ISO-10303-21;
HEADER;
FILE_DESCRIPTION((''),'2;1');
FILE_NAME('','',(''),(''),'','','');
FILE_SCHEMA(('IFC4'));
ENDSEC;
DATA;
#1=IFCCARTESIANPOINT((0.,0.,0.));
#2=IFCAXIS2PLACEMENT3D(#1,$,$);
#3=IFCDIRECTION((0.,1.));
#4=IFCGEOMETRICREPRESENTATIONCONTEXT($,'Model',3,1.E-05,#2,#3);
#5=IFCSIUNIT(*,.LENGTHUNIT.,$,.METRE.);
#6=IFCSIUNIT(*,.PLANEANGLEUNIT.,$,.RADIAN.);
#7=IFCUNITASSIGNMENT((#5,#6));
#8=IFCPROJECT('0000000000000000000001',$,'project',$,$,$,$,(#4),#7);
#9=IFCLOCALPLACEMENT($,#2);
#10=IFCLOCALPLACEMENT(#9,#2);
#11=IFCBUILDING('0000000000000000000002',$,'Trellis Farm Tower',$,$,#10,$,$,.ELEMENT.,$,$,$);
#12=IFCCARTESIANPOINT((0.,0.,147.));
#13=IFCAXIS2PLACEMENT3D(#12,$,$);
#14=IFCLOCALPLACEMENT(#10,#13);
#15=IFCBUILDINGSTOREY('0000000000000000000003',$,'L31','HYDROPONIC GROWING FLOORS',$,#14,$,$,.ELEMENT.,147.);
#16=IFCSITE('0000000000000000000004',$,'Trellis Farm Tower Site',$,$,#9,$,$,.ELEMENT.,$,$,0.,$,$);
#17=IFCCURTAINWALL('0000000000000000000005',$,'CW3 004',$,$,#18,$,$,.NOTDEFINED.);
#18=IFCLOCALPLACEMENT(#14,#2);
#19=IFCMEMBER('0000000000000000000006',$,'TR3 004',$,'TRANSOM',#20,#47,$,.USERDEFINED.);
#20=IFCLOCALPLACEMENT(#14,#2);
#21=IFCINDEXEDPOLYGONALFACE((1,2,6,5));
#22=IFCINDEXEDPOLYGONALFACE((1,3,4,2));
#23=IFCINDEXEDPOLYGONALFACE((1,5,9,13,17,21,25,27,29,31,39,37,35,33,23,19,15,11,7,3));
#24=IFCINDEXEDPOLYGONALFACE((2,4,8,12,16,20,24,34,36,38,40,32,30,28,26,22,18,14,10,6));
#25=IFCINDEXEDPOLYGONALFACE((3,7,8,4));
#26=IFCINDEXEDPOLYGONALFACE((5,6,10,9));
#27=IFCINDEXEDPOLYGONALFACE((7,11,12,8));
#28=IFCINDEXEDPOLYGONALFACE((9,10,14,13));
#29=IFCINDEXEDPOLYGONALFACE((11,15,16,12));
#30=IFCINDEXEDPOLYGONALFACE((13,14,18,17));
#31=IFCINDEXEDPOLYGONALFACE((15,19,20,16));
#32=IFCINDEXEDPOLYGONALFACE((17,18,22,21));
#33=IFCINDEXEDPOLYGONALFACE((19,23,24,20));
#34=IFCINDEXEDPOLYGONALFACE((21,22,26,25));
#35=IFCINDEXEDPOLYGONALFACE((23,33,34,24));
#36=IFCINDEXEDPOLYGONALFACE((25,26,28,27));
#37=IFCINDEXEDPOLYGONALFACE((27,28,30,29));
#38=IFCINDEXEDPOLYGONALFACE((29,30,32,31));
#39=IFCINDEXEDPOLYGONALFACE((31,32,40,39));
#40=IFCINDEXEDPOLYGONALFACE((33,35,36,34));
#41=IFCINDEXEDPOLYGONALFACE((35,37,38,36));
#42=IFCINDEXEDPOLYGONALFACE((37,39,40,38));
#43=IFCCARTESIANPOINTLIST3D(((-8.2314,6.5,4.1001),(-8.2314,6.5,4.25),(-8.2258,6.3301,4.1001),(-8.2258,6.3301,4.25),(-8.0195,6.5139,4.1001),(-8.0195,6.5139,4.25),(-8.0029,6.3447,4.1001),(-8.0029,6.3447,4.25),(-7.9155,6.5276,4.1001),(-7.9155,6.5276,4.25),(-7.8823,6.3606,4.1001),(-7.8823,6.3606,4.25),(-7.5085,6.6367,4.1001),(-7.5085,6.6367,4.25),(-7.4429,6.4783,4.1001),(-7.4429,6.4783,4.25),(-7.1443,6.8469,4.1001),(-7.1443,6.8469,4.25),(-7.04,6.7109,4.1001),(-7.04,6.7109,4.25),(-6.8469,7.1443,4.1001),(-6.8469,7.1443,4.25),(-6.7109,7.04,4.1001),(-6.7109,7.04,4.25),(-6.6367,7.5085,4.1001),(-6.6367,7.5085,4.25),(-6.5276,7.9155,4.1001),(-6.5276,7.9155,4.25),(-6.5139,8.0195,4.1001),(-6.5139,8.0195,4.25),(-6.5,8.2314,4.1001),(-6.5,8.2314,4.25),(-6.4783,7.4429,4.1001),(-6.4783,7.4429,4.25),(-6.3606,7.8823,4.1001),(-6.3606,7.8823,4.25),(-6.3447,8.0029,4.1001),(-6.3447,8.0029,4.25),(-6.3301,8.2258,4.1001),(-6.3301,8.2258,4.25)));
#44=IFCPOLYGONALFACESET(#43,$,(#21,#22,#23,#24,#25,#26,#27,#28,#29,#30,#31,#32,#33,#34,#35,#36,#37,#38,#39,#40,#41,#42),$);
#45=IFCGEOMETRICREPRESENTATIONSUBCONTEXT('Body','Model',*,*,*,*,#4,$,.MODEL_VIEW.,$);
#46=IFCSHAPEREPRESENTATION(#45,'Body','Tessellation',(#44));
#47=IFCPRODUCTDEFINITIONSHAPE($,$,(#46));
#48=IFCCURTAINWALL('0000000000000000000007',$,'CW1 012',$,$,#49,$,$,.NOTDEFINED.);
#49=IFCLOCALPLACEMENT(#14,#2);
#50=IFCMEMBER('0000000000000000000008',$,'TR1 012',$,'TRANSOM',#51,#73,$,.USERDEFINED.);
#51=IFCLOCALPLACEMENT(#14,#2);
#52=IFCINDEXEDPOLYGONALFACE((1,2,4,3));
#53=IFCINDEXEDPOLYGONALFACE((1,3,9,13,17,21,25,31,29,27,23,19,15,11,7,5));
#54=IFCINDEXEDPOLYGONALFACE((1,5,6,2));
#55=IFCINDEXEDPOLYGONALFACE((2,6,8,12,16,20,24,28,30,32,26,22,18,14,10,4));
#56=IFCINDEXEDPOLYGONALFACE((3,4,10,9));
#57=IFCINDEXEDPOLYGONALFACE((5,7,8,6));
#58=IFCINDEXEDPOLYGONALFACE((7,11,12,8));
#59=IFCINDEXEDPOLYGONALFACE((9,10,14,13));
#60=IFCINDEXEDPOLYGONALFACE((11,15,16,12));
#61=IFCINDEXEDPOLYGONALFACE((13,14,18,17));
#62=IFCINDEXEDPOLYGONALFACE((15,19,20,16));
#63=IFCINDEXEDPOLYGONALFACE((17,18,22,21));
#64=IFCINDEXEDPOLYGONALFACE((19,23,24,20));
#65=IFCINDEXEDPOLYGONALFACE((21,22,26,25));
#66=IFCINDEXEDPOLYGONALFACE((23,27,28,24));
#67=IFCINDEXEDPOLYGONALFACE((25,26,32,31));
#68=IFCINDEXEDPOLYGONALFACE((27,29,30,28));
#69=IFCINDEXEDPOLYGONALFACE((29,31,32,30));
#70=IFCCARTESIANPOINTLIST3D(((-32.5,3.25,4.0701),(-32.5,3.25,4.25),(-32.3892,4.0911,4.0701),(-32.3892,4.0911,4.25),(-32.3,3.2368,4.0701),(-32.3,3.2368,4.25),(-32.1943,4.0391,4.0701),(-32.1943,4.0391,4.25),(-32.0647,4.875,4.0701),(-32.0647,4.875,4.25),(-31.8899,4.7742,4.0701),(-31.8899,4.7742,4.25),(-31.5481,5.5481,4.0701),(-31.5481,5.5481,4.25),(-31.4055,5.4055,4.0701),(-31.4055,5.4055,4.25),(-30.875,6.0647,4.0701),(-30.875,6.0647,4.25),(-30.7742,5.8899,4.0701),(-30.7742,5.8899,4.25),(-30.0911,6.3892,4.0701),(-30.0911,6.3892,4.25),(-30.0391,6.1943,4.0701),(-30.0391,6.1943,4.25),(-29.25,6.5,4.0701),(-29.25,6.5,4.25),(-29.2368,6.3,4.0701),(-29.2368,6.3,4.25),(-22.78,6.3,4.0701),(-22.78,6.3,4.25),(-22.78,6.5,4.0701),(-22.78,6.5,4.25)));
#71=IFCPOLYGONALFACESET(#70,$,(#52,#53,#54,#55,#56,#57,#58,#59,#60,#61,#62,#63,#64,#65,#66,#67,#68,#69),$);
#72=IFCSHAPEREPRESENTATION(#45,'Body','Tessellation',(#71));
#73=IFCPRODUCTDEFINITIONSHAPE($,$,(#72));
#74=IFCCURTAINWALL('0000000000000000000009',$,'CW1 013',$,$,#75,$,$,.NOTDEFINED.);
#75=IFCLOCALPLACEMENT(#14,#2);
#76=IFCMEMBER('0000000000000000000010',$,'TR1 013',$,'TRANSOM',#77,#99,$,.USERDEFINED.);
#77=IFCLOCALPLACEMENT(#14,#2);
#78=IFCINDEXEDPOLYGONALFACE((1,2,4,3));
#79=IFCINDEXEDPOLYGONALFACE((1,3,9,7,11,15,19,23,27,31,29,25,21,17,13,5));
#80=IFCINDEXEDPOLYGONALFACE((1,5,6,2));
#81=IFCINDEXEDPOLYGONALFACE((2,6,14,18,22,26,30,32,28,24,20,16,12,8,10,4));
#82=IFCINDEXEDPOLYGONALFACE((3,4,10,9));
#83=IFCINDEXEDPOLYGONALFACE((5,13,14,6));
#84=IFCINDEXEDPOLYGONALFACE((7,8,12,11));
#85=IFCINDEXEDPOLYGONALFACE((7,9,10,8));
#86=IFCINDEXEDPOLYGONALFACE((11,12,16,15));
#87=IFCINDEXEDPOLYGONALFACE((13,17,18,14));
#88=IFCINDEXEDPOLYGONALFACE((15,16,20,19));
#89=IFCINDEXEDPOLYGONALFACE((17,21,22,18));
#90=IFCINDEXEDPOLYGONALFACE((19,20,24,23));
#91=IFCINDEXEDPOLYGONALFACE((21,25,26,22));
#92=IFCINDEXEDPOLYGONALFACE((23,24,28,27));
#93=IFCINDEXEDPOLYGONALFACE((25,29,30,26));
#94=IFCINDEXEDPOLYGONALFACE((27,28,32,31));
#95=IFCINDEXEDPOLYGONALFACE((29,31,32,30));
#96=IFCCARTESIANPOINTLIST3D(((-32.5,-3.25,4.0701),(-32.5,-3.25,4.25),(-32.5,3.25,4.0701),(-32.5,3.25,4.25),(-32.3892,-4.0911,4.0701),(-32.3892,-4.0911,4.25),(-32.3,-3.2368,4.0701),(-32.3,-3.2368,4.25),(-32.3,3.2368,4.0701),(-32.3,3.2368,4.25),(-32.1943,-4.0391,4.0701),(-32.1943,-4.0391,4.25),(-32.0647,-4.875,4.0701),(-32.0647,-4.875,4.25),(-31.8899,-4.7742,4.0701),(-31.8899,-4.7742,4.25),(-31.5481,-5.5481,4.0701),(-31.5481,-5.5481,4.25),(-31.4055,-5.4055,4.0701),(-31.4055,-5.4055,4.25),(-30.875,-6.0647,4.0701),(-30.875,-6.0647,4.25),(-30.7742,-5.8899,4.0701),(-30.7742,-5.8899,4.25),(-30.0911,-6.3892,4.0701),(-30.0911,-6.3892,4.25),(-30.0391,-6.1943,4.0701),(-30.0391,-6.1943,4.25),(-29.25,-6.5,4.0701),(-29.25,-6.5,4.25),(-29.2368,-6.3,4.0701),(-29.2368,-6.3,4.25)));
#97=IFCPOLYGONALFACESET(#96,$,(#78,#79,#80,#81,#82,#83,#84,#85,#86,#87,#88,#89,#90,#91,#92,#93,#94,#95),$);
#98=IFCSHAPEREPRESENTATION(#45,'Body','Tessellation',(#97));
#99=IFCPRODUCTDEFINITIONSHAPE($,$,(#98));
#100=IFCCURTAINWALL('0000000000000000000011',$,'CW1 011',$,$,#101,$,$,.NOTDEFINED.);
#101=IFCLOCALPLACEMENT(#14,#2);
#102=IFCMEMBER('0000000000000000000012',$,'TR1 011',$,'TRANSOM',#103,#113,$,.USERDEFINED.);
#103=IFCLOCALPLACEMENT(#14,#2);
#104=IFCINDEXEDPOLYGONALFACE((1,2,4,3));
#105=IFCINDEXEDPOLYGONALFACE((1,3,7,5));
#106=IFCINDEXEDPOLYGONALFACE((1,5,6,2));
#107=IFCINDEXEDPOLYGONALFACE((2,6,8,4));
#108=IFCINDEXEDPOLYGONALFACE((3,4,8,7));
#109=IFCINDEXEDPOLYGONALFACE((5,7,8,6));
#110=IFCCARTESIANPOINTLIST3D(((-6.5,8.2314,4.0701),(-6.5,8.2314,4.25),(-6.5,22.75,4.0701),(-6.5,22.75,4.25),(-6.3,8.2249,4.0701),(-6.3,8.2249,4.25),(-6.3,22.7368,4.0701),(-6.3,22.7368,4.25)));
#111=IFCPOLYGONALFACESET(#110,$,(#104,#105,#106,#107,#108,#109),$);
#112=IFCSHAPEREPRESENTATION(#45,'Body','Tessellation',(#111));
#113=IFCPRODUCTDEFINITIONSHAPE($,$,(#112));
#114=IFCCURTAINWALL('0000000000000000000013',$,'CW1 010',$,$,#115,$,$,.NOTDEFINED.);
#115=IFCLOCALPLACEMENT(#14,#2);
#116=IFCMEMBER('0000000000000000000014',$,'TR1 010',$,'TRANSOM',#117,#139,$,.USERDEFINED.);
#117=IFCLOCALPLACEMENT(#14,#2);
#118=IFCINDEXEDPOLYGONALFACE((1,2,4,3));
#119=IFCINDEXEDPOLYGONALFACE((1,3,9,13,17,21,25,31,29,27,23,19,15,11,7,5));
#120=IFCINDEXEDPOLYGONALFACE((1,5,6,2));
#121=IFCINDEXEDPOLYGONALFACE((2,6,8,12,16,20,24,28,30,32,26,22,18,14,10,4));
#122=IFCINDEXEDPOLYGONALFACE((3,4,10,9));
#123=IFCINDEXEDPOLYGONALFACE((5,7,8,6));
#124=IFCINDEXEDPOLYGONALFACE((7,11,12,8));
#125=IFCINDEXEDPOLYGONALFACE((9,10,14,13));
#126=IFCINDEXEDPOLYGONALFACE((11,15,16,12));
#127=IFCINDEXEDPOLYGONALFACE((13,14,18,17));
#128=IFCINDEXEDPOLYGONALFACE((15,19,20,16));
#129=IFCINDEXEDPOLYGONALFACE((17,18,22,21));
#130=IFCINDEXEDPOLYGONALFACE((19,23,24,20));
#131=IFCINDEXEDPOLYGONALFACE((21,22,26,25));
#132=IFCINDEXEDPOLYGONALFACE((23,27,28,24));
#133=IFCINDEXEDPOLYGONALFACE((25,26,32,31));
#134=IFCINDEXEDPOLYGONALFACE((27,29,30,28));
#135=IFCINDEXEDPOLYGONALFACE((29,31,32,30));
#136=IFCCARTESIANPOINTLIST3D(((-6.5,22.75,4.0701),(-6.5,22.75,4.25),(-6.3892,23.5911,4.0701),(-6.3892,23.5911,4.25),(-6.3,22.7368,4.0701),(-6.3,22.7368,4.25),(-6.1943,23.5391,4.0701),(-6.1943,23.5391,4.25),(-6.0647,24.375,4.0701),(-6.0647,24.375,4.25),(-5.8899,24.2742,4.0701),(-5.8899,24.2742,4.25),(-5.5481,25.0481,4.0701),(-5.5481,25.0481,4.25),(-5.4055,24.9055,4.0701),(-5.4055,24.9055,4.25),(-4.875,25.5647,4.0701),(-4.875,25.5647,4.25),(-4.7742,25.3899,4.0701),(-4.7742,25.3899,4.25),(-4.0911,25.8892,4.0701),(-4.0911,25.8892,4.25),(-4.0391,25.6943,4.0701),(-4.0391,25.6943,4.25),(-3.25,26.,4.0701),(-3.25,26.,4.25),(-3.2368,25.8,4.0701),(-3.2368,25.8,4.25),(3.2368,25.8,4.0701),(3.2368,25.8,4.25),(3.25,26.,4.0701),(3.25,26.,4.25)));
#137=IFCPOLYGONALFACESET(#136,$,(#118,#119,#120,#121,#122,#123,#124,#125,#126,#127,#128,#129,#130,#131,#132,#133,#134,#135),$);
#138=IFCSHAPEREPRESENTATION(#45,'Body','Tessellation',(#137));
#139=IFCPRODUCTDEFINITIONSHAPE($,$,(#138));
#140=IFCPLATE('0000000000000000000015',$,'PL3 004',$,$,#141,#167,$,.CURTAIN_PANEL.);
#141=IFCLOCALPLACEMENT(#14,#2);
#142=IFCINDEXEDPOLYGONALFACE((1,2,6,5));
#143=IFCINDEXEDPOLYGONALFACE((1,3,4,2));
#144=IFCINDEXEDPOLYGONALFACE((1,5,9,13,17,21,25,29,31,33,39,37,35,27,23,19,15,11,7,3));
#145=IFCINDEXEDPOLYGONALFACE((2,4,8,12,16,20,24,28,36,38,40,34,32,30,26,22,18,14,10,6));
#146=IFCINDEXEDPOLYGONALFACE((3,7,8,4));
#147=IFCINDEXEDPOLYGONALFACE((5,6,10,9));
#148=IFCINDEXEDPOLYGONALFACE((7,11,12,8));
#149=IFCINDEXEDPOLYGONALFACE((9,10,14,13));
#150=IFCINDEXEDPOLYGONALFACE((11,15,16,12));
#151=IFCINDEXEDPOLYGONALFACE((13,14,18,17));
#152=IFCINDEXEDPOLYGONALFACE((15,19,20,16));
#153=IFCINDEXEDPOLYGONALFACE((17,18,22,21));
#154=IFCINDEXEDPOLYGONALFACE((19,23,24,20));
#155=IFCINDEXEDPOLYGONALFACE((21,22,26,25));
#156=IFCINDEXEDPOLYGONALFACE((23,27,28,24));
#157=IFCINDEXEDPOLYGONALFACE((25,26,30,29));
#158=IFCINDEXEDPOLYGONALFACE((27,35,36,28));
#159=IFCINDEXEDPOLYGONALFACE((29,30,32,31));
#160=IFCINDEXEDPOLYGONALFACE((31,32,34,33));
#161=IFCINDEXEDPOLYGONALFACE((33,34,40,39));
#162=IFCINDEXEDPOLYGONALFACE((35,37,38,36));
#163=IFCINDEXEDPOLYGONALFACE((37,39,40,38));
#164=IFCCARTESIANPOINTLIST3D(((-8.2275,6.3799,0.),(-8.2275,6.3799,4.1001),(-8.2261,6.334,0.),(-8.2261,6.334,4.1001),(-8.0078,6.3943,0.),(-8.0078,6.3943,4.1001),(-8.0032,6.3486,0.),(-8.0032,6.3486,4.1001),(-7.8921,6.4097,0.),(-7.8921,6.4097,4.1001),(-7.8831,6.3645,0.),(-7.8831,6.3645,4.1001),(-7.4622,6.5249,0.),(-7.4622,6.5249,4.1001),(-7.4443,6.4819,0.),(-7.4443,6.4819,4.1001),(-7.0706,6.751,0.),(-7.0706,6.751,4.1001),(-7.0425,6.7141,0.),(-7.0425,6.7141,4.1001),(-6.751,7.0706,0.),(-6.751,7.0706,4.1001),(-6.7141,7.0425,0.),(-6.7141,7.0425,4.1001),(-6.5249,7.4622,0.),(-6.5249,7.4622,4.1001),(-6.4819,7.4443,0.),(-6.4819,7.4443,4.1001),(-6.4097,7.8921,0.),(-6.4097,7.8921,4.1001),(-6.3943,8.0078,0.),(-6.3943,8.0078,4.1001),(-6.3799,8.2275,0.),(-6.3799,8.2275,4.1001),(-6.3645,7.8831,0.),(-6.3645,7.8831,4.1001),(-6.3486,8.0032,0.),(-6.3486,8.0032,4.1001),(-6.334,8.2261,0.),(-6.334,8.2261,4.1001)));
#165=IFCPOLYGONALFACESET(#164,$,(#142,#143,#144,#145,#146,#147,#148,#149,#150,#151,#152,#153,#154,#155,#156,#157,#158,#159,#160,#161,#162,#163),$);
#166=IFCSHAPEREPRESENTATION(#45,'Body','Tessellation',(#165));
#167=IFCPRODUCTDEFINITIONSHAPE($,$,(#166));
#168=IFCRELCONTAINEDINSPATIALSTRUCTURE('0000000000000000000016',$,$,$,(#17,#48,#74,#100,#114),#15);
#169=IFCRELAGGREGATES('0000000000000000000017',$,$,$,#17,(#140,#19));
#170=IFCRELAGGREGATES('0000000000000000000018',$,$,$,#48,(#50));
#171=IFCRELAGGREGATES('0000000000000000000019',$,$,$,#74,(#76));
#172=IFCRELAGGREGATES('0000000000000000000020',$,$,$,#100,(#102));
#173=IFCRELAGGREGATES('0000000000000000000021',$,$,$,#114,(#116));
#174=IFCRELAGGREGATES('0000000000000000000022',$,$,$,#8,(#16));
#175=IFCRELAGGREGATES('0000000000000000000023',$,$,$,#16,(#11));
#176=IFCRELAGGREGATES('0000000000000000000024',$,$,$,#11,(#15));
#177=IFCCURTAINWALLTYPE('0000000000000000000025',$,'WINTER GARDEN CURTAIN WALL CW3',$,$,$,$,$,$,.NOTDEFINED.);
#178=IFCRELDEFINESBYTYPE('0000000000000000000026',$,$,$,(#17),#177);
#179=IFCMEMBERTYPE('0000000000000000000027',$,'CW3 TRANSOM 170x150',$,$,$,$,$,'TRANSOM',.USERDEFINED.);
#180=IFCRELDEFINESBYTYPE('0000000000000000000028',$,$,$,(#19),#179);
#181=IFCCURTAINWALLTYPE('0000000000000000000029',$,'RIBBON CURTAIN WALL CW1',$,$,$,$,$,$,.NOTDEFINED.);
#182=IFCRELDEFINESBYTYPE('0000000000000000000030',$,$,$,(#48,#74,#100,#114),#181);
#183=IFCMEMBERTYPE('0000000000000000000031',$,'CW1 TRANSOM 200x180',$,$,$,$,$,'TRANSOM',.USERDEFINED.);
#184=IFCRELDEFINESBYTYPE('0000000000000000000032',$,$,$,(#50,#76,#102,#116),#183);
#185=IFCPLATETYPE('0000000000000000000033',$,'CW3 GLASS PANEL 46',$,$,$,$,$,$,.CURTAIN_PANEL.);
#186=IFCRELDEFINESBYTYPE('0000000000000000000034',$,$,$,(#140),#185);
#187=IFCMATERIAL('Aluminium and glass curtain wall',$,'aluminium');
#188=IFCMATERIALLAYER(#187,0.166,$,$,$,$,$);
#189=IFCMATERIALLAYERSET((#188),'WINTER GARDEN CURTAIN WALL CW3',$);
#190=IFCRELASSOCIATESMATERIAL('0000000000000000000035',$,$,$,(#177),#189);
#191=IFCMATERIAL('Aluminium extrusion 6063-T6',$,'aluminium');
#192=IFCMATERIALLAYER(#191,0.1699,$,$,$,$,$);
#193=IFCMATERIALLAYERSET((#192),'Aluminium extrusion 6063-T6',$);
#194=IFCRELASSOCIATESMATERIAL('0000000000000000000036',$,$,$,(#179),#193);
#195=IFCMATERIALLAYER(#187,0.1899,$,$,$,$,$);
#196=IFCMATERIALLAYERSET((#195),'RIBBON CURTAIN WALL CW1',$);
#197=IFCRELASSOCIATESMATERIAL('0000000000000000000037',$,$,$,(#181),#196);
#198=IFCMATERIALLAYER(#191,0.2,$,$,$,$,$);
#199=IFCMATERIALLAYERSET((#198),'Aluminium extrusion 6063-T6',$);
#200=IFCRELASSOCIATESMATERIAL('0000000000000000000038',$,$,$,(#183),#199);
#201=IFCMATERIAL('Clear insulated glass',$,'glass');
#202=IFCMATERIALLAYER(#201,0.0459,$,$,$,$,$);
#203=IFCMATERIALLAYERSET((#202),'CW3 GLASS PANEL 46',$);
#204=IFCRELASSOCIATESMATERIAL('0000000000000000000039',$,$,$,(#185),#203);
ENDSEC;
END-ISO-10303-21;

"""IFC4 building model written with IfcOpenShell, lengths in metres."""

from ifc_helpers import new_model, si_unit, direction, frame, origin, place, context, subcontext, project, spatial, polyline, outline, extrude, source, transform, mapped, material, layer, layer_set, type_object, element, aggregate, save


model = new_model("IFC4")

# Units and contexts
model_context = context("Model", 3, precision=1e-05, world=origin(), true_north=direction((0.0, 1.0)))
body_context = subcontext(model_context, "Body", "Model", "MODEL_VIEW")
ifc_project = project(units=[si_unit("LENGTHUNIT", "METRE"), si_unit("PLANEANGLEUNIT", "RADIAN")], contexts=[model_context])

# Site, building, storey
site_placement = place(None, origin())
site = spatial("IfcSite", under=ifc_project, at=site_placement, Name="Trellis Farm Tower Site", CompositionType="ELEMENT", RefElevation=0.0)
building_placement = place(site_placement, origin())
building = spatial("IfcBuilding", under=site, at=building_placement, Name="Trellis Farm Tower", CompositionType="ELEMENT")
storey_placement = place(building_placement, frame((0.0, 0.0, 147.0)))
storey = spatial("IfcBuildingStorey", under=building, at=storey_placement, Name="L31", Description="HYDROPONIC GROWING FLOORS", CompositionType="ELEMENT", Elevation=147.0)

# Curtain walls, members
ifc_material_1 = material(Name="Aluminium and glass curtain wall", Category="aluminium")
ifc_layer_1 = layer(ifc_material_1, 0.166)
ifc_layer_set_1 = layer_set([ifc_layer_1], Name="WINTER GARDEN CURTAIN WALL CW3")
curtain_wall_type_1 = type_object("IfcCurtainWallType", Name="WINTER GARDEN CURTAIN WALL CW3", PredefinedType="NOTDEFINED", material=ifc_layer_set_1)
placement_1 = place(storey_placement, origin())
curtain_wall_1 = element("IfcCurtainWall", 1, at=placement_1, inside=storey, type_object=curtain_wall_type_1, Name="CW3 004", PredefinedType="NOTDEFINED")
ifc_material_2 = material(Name="Aluminium extrusion 6063-T6", Category="aluminium")
ifc_layer_2 = layer(ifc_material_2, 0.1699)
ifc_layer_set_2 = layer_set([ifc_layer_2], Name="Aluminium extrusion 6063-T6")
member_type_1 = type_object("IfcMemberType", Name="CW3 TRANSOM 170x150", ElementType="TRANSOM", PredefinedType="USERDEFINED", material=ifc_layer_set_2)
shared_shape_1 = source(origin(), body_context, "Body", "SweptSolid", [
    extrude(outline(polyline([(-6.5, 8.2314), (-6.5139, 8.0195), (-6.5276, 7.9155), (-6.6367, 7.5085), (-6.8469, 7.1443), (-7.1443, 6.8469), (-7.5085, 6.6367), (-7.9155, 6.5276), (-8.0195, 6.5139), (-8.2314, 6.5), (-8.2258, 6.3301), (-8.0029, 6.3447), (-7.8823, 6.3606), (-7.4429, 6.4783), (-7.04, 6.7109), (-6.7109, 7.04), (-6.4783, 7.4429), (-6.3606, 7.8823), (-6.3447, 8.0029), (-6.3301, 8.2258), (-6.5, 8.2314)])), origin(), (0.0, 0.0, 1.0), 0.1499),
])
member_1_placement = place(storey_placement, frame((0.0, 0.0, 4.1001)))
member_1 = element("IfcMember", 2, at=member_1_placement, type_object=member_type_1, Name="TR3 004", ObjectType="TRANSOM", PredefinedType="USERDEFINED", context=body_context, shape_type="MappedRepresentation", body=[
    mapped(shared_shape_1, transform((0.0, 0.0, 0.0))),
])
ifc_layer_3 = layer(ifc_material_1, 0.1899)
ifc_layer_set_3 = layer_set([ifc_layer_3], Name="RIBBON CURTAIN WALL CW1")
curtain_wall_type_2 = type_object("IfcCurtainWallType", Name="RIBBON CURTAIN WALL CW1", PredefinedType="NOTDEFINED", material=ifc_layer_set_3)
curtain_wall_2 = element("IfcCurtainWall", 3, at=placement_1, inside=storey, type_object=curtain_wall_type_2, Name="CW1 012", PredefinedType="NOTDEFINED")
ifc_layer_4 = layer(ifc_material_2, 0.2)
ifc_layer_set_4 = layer_set([ifc_layer_4], Name="Aluminium extrusion 6063-T6")
member_type_2 = type_object("IfcMemberType", Name="CW1 TRANSOM 200x180", ElementType="TRANSOM", PredefinedType="USERDEFINED", material=ifc_layer_set_4)
shared_shape_2 = source(origin(), body_context, "Body", "SweptSolid", [
    extrude(outline(polyline([(-22.78, 6.5), (-29.25, 6.5), (-30.0911, 6.3892), (-30.875, 6.0647), (-31.5481, 5.5481), (-32.0647, 4.875), (-32.3892, 4.0911), (-32.5, 3.25), (-32.3, 3.2368), (-32.1943, 4.0391), (-31.8899, 4.7742), (-31.4055, 5.4055), (-30.7742, 5.8899), (-30.0391, 6.1943), (-29.2368, 6.3), (-22.78, 6.3), (-22.78, 6.5)])), origin(), (0.0, 0.0, 1.0), 0.1799),
])
placement_2 = place(storey_placement, frame((0.0, 0.0, 4.0701)))
member_2 = element("IfcMember", 4, at=placement_2, type_object=member_type_2, Name="TR1 012", ObjectType="TRANSOM", PredefinedType="USERDEFINED", context=body_context, shape_type="MappedRepresentation", body=[
    mapped(shared_shape_2, transform((0.0, 0.0, 0.0))),
])
curtain_wall_3 = element("IfcCurtainWall", 5, at=placement_1, inside=storey, type_object=curtain_wall_type_2, Name="CW1 013", PredefinedType="NOTDEFINED")
shared_shape_3 = source(origin(), body_context, "Body", "SweptSolid", [
    extrude(outline(polyline([(-32.5, 3.25), (-32.5, -3.25), (-32.3892, -4.0911), (-32.0647, -4.875), (-31.5481, -5.5481), (-30.875, -6.0647), (-30.0911, -6.3892), (-29.25, -6.5), (-29.2368, -6.3), (-30.0391, -6.1943), (-30.7742, -5.8899), (-31.4055, -5.4055), (-31.8899, -4.7742), (-32.1943, -4.0391), (-32.3, -3.2368), (-32.3, 3.2368), (-32.5, 3.25)])), origin(), (0.0, 0.0, 1.0), 0.1799),
])
member_3 = element("IfcMember", 6, at=placement_2, type_object=member_type_2, Name="TR1 013", ObjectType="TRANSOM", PredefinedType="USERDEFINED", context=body_context, shape_type="MappedRepresentation", body=[
    mapped(shared_shape_3, transform((0.0, 0.0, 0.0))),
])
curtain_wall_4 = element("IfcCurtainWall", 7, at=placement_1, inside=storey, type_object=curtain_wall_type_2, Name="CW1 011", PredefinedType="NOTDEFINED")
shared_shape_4 = source(origin(), body_context, "Body", "SweptSolid", [
    extrude(outline(polyline([(-6.5, 22.75), (-6.5, 8.2314), (-6.3, 8.2249), (-6.3, 22.7368), (-6.5, 22.75)])), origin(), (0.0, 0.0, 1.0), 0.1799),
])
member_4 = element("IfcMember", 8, at=placement_2, type_object=member_type_2, Name="TR1 011", ObjectType="TRANSOM", PredefinedType="USERDEFINED", context=body_context, shape_type="MappedRepresentation", body=[
    mapped(shared_shape_4, transform((0.0, 0.0, 0.0))),
])
curtain_wall_5 = element("IfcCurtainWall", 9, at=placement_1, inside=storey, type_object=curtain_wall_type_2, Name="CW1 010", PredefinedType="NOTDEFINED")
shared_shape_5 = source(origin(), body_context, "Body", "SweptSolid", [
    extrude(outline(polyline([(3.25, 26.0), (-3.25, 26.0), (-4.0911, 25.8892), (-4.875, 25.5647), (-5.5481, 25.0481), (-6.0647, 24.375), (-6.3892, 23.5911), (-6.5, 22.75), (-6.3, 22.7368), (-6.1943, 23.5391), (-5.8899, 24.2742), (-5.4055, 24.9055), (-4.7742, 25.3899), (-4.0391, 25.6943), (-3.2368, 25.8), (3.2368, 25.8), (3.25, 26.0)])), origin(), (0.0, 0.0, 1.0), 0.1799),
])
member_5 = element("IfcMember", 10, at=placement_2, type_object=member_type_2, Name="TR1 010", ObjectType="TRANSOM", PredefinedType="USERDEFINED", context=body_context, shape_type="MappedRepresentation", body=[
    mapped(shared_shape_5, transform((0.0, 0.0, 0.0))),
])

# Plate
ifc_material_3 = material(Name="Clear insulated glass", Category="glass")
ifc_layer_5 = layer(ifc_material_3, 0.0459)
ifc_layer_set_5 = layer_set([ifc_layer_5], Name="CW3 GLASS PANEL 46")
plate_type_1 = type_object("IfcPlateType", Name="CW3 GLASS PANEL 46", PredefinedType="CURTAIN_PANEL", material=ifc_layer_set_5)
shared_shape_6 = source(origin(), body_context, "Body", "SweptSolid", [
    extrude(outline(polyline([(-6.3799, 8.2275), (-6.3943, 8.0078), (-6.4097, 7.8921), (-6.5249, 7.4622), (-6.751, 7.0706), (-7.0706, 6.751), (-7.4622, 6.5249), (-7.8921, 6.4097), (-8.0078, 6.3943), (-8.2275, 6.3799), (-8.2261, 6.334), (-8.0032, 6.3486), (-7.8831, 6.3645), (-7.4443, 6.4819), (-7.0425, 6.7141), (-6.7141, 7.0425), (-6.4819, 7.4443), (-6.3645, 7.8831), (-6.3486, 8.0032), (-6.334, 8.2261), (-6.3799, 8.2275)])), origin(), (0.0, 0.0, 1.0), 4.1001),
])
plate_1 = element("IfcPlate", 11, at=placement_1, type_object=plate_type_1, Name="PL3 004", PredefinedType="CURTAIN_PANEL", context=body_context, shape_type="MappedRepresentation", body=[
    mapped(shared_shape_6, transform((0.0, 0.0, 0.0))),
])
aggregate(curtain_wall_1, [plate_1, member_1])
aggregate(curtain_wall_2, [member_2])
aggregate(curtain_wall_3, [member_3])
aggregate(curtain_wall_4, [member_4])
aggregate(curtain_wall_5, [member_5])

save(model, "model.ifc")
